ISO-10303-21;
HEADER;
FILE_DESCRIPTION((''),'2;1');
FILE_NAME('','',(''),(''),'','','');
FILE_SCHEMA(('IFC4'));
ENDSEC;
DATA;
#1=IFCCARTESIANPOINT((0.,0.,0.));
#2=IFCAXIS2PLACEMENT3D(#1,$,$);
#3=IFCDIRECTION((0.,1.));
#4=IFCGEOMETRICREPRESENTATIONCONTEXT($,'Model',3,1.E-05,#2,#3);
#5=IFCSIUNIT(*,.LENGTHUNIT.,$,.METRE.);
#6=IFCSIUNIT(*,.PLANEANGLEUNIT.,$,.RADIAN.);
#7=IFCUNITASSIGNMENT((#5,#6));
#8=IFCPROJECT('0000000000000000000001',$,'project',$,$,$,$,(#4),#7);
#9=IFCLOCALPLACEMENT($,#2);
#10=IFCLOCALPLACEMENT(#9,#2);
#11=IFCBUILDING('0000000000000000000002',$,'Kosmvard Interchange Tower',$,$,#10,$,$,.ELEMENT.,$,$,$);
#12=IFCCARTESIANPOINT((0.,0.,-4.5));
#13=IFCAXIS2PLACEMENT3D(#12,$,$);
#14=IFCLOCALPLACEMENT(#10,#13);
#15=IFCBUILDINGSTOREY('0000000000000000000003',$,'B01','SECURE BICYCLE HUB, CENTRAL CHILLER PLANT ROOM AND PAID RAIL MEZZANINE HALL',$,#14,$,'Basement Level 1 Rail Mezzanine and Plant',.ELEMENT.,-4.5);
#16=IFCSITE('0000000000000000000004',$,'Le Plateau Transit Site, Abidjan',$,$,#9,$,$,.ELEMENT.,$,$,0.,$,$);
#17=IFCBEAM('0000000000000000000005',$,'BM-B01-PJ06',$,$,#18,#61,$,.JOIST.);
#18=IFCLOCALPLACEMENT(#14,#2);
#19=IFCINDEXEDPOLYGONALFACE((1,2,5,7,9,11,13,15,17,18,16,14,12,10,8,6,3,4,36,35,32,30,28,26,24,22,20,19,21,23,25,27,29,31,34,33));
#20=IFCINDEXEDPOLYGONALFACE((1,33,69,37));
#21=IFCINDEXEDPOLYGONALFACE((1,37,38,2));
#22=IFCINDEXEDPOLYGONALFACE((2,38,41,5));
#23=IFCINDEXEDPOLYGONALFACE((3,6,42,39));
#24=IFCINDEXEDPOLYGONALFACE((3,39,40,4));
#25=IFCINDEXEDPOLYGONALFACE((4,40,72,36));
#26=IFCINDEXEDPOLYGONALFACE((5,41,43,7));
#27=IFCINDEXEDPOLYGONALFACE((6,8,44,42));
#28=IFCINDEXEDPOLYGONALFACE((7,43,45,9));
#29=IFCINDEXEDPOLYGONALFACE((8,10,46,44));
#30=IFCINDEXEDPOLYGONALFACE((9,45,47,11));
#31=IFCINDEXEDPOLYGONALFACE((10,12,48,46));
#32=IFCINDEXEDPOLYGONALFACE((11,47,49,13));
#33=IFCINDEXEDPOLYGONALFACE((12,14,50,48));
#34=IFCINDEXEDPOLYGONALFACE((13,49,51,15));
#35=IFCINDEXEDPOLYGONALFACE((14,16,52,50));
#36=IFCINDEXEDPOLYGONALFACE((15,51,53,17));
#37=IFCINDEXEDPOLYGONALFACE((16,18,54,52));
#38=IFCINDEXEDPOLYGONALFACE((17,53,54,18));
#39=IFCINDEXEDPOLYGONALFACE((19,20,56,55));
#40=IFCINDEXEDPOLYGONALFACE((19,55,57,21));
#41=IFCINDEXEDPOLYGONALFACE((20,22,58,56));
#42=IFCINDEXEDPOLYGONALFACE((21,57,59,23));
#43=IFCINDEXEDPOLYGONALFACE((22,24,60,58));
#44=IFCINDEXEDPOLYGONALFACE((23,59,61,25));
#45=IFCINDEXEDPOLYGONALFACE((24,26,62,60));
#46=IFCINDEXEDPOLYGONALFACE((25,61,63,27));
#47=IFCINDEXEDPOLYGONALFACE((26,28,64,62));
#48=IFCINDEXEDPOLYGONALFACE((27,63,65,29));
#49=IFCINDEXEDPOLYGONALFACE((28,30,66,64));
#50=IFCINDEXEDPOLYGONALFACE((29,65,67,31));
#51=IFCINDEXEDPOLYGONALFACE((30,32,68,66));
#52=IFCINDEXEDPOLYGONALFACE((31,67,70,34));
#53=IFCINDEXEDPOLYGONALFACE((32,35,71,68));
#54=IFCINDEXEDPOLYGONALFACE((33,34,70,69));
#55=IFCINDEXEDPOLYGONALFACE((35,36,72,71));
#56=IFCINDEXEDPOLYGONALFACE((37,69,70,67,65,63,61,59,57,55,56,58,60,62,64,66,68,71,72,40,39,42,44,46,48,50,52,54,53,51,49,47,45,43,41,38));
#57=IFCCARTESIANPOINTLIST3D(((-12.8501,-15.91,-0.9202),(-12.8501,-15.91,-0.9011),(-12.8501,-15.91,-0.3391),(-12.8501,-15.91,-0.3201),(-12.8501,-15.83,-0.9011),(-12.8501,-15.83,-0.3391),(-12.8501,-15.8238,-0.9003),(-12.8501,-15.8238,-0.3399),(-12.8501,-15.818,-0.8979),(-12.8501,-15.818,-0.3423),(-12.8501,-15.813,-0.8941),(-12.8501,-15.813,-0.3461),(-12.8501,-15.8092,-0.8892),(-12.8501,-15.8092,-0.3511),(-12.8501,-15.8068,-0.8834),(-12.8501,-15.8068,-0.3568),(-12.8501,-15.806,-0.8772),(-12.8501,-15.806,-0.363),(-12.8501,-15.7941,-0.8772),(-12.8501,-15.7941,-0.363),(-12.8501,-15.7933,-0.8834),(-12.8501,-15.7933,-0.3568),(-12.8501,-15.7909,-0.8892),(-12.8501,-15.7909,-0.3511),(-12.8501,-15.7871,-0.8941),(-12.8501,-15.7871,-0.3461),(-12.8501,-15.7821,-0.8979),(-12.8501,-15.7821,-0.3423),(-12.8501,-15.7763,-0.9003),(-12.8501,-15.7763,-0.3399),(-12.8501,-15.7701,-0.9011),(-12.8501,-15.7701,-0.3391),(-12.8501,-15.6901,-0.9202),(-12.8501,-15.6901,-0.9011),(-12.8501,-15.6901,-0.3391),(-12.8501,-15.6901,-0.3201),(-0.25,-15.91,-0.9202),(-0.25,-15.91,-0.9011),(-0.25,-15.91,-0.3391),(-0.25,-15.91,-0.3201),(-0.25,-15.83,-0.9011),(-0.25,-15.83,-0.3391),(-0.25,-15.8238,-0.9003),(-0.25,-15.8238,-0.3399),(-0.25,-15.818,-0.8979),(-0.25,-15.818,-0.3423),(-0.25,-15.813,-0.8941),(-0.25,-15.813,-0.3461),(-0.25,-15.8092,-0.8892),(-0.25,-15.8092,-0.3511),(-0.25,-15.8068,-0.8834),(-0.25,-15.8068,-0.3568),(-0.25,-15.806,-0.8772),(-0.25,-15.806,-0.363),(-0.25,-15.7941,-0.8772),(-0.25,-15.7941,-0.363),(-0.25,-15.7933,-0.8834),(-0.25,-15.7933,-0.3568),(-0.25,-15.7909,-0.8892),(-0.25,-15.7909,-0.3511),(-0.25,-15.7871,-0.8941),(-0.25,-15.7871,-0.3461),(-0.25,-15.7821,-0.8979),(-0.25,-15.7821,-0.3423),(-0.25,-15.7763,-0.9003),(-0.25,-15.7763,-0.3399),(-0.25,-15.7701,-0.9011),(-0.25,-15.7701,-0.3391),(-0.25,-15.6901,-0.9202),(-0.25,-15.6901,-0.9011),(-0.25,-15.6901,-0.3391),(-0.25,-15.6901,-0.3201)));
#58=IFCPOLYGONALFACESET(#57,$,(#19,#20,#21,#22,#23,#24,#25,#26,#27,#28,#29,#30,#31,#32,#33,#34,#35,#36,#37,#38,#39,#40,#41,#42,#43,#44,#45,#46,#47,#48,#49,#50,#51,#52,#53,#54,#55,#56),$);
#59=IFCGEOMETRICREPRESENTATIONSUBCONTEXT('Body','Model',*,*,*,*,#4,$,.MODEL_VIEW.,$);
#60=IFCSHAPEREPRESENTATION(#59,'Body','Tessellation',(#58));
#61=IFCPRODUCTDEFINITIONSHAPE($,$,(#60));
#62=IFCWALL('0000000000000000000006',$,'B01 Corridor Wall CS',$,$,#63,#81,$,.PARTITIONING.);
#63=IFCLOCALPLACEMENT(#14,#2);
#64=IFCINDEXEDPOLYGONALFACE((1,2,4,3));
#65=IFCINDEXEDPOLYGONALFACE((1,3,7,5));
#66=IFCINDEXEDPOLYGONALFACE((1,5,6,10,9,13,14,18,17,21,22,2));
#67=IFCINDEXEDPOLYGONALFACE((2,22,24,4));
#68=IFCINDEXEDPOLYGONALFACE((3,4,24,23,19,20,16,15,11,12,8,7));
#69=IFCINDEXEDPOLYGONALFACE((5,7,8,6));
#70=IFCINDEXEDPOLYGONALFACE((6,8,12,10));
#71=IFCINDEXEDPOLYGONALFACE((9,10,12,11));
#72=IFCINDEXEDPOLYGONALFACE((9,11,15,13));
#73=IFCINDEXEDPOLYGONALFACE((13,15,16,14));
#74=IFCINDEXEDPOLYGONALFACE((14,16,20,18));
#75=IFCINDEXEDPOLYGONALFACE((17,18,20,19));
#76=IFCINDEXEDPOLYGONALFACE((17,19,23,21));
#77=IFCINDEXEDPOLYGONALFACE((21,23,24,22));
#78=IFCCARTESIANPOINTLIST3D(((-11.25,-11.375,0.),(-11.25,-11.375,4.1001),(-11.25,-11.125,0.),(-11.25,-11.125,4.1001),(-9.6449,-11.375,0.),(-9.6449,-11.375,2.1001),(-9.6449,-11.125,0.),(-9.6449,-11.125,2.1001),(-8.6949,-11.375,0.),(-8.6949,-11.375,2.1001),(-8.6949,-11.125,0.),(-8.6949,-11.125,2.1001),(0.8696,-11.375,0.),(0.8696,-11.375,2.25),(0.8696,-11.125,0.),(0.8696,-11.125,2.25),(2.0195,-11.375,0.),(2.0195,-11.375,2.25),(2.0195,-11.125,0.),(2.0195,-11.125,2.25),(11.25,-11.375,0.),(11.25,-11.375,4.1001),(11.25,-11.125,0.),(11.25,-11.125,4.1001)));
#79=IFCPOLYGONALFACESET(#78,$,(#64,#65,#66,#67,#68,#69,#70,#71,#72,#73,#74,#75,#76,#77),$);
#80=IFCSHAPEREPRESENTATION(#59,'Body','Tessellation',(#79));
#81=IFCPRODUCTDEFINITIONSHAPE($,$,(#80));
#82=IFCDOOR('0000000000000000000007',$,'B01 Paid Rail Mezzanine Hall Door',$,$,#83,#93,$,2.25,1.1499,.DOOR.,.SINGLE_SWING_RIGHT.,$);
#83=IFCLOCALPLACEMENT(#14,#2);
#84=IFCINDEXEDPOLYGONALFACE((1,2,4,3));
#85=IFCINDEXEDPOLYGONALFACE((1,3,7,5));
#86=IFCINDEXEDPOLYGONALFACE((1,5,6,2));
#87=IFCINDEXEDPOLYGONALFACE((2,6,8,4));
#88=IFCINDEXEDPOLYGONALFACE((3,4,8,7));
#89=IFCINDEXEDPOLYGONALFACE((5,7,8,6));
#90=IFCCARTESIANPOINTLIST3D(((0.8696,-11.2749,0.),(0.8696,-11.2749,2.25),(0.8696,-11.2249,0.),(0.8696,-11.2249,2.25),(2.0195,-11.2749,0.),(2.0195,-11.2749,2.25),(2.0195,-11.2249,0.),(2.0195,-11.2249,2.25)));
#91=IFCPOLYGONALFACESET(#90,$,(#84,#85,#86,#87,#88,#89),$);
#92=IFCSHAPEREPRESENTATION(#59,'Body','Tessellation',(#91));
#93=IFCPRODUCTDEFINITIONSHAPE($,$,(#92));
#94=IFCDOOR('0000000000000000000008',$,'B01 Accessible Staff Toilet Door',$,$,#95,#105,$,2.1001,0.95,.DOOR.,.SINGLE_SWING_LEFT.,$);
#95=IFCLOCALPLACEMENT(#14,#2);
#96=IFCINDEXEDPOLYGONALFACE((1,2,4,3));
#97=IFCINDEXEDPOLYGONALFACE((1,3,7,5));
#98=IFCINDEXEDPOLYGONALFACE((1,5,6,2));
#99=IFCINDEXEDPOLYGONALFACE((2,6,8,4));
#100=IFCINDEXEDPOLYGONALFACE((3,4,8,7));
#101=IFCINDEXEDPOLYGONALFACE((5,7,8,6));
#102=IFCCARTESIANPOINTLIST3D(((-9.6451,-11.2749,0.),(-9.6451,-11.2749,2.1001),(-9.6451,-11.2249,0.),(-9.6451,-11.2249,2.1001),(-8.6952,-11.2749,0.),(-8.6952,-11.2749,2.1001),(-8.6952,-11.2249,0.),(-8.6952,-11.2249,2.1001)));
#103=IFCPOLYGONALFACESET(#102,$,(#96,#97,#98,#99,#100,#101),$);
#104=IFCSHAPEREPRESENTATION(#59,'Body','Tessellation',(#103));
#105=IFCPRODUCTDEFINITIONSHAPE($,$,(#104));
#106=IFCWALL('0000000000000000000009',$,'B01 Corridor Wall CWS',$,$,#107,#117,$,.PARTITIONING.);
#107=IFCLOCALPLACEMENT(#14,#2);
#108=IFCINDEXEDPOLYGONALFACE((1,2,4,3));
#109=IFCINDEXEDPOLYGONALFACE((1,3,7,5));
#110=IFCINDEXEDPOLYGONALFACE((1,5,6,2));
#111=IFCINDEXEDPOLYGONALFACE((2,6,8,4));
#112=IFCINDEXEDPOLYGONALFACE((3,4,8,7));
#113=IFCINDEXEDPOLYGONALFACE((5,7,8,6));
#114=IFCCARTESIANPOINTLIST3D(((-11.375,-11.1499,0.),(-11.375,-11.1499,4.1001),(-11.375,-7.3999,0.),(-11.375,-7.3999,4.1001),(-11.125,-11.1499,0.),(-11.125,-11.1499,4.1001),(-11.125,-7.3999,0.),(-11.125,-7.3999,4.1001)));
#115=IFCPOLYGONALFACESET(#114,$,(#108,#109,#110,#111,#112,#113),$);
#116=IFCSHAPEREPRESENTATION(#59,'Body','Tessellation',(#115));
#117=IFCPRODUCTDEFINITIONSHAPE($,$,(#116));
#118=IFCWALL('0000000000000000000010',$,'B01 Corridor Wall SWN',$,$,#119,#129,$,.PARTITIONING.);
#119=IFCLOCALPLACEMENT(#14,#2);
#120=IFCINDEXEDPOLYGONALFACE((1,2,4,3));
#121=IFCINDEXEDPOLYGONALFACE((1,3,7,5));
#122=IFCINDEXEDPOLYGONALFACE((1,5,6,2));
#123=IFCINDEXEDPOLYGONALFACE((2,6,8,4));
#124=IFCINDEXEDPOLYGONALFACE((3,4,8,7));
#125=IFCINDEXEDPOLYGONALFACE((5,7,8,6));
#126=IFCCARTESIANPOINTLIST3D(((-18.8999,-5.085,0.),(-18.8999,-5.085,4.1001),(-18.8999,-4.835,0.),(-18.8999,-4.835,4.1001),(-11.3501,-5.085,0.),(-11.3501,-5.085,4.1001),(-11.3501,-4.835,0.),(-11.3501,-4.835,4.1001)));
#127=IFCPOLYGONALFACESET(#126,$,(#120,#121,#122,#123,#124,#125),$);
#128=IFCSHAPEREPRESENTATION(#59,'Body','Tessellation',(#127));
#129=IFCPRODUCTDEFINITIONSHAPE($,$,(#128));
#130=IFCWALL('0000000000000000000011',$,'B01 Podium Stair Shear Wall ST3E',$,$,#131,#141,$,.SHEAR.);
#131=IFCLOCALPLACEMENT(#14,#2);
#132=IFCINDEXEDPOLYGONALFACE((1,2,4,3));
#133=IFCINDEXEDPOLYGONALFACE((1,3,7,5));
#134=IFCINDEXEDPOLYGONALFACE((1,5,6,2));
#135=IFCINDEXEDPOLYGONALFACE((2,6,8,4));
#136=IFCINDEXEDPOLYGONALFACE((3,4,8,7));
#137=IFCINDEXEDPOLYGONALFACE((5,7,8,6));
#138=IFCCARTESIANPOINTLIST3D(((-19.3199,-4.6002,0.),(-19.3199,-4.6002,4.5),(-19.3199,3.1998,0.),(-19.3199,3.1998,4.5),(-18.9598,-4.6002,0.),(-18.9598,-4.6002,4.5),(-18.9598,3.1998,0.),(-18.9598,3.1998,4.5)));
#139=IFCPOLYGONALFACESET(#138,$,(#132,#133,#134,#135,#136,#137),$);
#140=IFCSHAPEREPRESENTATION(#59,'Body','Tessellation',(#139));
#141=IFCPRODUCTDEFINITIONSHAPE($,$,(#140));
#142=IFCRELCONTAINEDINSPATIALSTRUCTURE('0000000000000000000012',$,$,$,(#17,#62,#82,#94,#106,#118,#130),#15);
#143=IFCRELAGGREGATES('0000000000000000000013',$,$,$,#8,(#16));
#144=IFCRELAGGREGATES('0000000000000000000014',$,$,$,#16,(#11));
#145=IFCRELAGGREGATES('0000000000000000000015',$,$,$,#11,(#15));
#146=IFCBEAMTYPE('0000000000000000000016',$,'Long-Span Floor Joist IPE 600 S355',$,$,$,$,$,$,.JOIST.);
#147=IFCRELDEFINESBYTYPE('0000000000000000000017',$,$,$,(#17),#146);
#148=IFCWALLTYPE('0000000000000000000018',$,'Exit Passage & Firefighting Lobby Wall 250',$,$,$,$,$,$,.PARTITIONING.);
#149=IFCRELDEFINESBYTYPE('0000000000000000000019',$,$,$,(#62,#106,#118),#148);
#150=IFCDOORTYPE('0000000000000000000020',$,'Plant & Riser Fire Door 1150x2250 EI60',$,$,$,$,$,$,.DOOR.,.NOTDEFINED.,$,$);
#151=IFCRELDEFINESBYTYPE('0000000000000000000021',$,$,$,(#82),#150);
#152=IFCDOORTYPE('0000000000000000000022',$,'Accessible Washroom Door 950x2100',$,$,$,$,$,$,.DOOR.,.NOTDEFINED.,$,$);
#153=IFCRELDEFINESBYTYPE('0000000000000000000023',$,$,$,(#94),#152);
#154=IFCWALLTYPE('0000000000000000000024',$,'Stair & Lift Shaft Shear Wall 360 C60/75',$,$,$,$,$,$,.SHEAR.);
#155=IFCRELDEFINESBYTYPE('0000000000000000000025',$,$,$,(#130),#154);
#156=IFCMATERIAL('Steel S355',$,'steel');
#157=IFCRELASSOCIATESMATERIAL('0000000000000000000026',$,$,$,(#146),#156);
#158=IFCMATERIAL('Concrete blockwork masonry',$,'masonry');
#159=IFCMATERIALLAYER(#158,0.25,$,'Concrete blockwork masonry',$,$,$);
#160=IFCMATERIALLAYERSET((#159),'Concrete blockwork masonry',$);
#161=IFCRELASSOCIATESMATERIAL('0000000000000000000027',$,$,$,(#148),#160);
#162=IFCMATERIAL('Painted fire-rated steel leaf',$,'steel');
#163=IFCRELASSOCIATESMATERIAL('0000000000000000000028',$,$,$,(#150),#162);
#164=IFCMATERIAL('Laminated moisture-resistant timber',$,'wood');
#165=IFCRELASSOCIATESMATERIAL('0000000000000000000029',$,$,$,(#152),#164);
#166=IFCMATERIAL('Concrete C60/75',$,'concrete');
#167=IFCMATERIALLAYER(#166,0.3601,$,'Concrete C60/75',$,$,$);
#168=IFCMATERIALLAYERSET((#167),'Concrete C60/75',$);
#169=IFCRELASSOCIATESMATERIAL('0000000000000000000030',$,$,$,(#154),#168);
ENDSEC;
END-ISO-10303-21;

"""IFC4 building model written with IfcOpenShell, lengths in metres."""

from ifc_helpers import new_model, si_unit, direction, frame, frame_2d, origin, origin_2d, place, context, subcontext, project, spatial, rectangle, i_section, extrude, source, transform, mapped, material, layer, layer_set, material_profile, profile_set, type_object, element, fill, save


model = new_model("IFC4")

# Units and contexts
model_context = context("Model", 3, precision=1e-05, world=origin(), true_north=direction((0.0, 1.0)))
body_context = subcontext(model_context, "Body", "Model", "MODEL_VIEW")
ifc_project = project(units=[si_unit("LENGTHUNIT", "METRE"), si_unit("PLANEANGLEUNIT", "RADIAN")], contexts=[model_context])

# Site, building, storey
site_placement = place(None, origin())
site = spatial("IfcSite", under=ifc_project, at=site_placement, Name="Le Plateau Transit Site, Abidjan", CompositionType="ELEMENT", RefElevation=0.0)
building_placement = place(site_placement, origin())
building = spatial("IfcBuilding", under=site, at=building_placement, Name="Kosmvard Interchange Tower", CompositionType="ELEMENT")
storey_placement = place(building_placement, frame((0.0, 0.0, -4.5)))
storey = spatial("IfcBuildingStorey", under=building, at=storey_placement, Name="B01", Description="SECURE BICYCLE HUB, CENTRAL CHILLER PLANT ROOM AND PAID RAIL MEZZANINE HALL", LongName="Basement Level 1 Rail Mezzanine and Plant", CompositionType="ELEMENT", Elevation=-4.5)

# Shared definitions
ifc_material_1 = material(Name="Concrete C60/75", Category="concrete")

# Beam
ifc_material_2 = material(Name="Steel S355", Category="steel")
ifc_material_profile_1 = material_profile(ifc_material_2, i_section(OverallWidth=0.22, OverallDepth=0.6001, WebThickness=0.012, FlangeThickness=0.019, FilletRadius=0.0239, at=origin_2d()), Name="IPE 600")
ifc_profile_set_1 = profile_set([ifc_material_profile_1], Name="Steel S355")
beam_type_1 = type_object("IfcBeamType", Name="Long-Span Floor Joist IPE 600 S355", PredefinedType="JOIST", material=ifc_profile_set_1)
shared_shape_1 = source(origin(), body_context, "Body", "SweptSolid", [
    extrude(i_section(OverallWidth=0.22, OverallDepth=0.6001, WebThickness=0.012, FlangeThickness=0.019, FilletRadius=0.0239, at=origin_2d()), origin(), (0.0, 0.0, 1.0), 12.6001),
])
for number, where, z_axis, x_axis, name in (
    (1, (-12.8501, -15.8, -0.6201), (1.0, 0.0, 0.0), (0.0, 1.0, 0.0), "BM-B01-PJ06"),
):
    element("IfcBeam", number, at=place(storey_placement, frame(where, z_axis=z_axis, x_axis=x_axis)), inside=storey, type_object=beam_type_1, Name=name, PredefinedType="JOIST", context=body_context, shape_type="MappedRepresentation", body=[
        mapped(shared_shape_1, transform((0.0, 0.0, 0.0), scale=1.0)),
    ])

# Wall, openings, doors
ifc_material_3 = material(Name="Concrete blockwork masonry", Category="masonry")
ifc_layer_1 = layer(ifc_material_3, 0.25, Name="Concrete blockwork masonry")
ifc_layer_set_1 = layer_set([ifc_layer_1], Name="Concrete blockwork masonry")
wall_type_1 = type_object("IfcWallType", Name="Exit Passage & Firefighting Lobby Wall 250", PredefinedType="PARTITIONING", material=ifc_layer_set_1)
wall_1_placement = place(storey_placement, frame((-11.25, -11.25, 0.0), z_axis=(0.0, 0.0, 1.0), x_axis=(1.0, 0.0, 0.0)))
wall_1 = element("IfcWall", 2, at=wall_1_placement, inside=storey, type_object=wall_type_1, Name="B01 Corridor Wall CS", PredefinedType="PARTITIONING", context=body_context, shape_type="SweptSolid", body=[
    extrude(rectangle(XDim=22.5, YDim=0.25, at=frame_2d((11.25, 0.0))), origin(), (0.0, 0.0, 1.0), 4.1001),
])
opening_1_placement = place(wall_1_placement, frame((1.605, 0.0, 0.0)))
opening_1 = element("IfcOpeningElement", 3, at=opening_1_placement, cuts=wall_1, PredefinedType="OPENING", context=body_context, shape_type="SweptSolid", body=[
    extrude(rectangle(XDim=0.95, YDim=2.1001, at=frame_2d((0.4751, 1.05))), frame((0.0, 0.135, 0.0), z_axis=(0.0, -1.0, 0.0), x_axis=(1.0, 0.0, 0.0)), (0.0, 0.0, 1.0), 0.27),
])
opening_2_placement = place(wall_1_placement, frame((12.1196, 0.0, 0.0)))
opening_2 = element("IfcOpeningElement", 4, at=opening_2_placement, cuts=wall_1, PredefinedType="OPENING", context=body_context, shape_type="SweptSolid", body=[
    extrude(rectangle(XDim=1.1499, YDim=2.25, at=frame_2d((0.575, 1.125))), frame((0.0, 0.135, 0.0), z_axis=(0.0, -1.0, 0.0), x_axis=(1.0, 0.0, 0.0)), (0.0, 0.0, 1.0), 0.27),
])
ifc_material_4 = material(Name="Painted fire-rated steel leaf", Category="steel")
door_type_1 = type_object("IfcDoorType", Name="Plant & Riser Fire Door 1150x2250 EI60", OperationType="NOTDEFINED", PredefinedType="DOOR", material=ifc_material_4)
shared_shape_2 = source(origin(), body_context, "Body", "SweptSolid", [
    extrude(rectangle(XDim=1.1499, YDim=2.25, at=frame_2d((0.575, 1.125))), frame((0.0, 0.0249, 0.0), z_axis=(0.0, -1.0, 0.0), x_axis=(1.0, 0.0, 0.0)), (0.0, 0.0, 1.0), 0.05),
])
door_1_placement = place(opening_2_placement, frame((1.1499, 0.0, 0.0), z_axis=(0.0, 0.0, 1.0), x_axis=(-1.0, 0.0, 0.0)))
door_1 = element("IfcDoor", 5, at=door_1_placement, inside=storey, type_object=door_type_1, Name="B01 Paid Rail Mezzanine Hall Door", OperationType="SINGLE_SWING_RIGHT", OverallHeight=2.25, OverallWidth=1.1499, PredefinedType="DOOR", context=body_context, shape_type="MappedRepresentation", body=[
    mapped(shared_shape_2, transform((0.0, 0.0, 0.0), scale=1.0)),
])
fill(opening_2, door_1)
ifc_material_5 = material(Name="Laminated moisture-resistant timber", Category="wood")
door_type_2 = type_object("IfcDoorType", Name="Accessible Washroom Door 950x2100", OperationType="NOTDEFINED", PredefinedType="DOOR", material=ifc_material_5)
shared_shape_3 = source(origin(), body_context, "Body", "SweptSolid", [
    extrude(rectangle(XDim=0.95, YDim=2.1001, at=frame_2d((0.4751, 1.05))), frame((0.0, 0.0249, 0.0), z_axis=(0.0, -1.0, 0.0), x_axis=(1.0, 0.0, 0.0)), (0.0, 0.0, 1.0), 0.05),
])
door_2_placement = place(opening_1_placement, frame((0.95, 0.0, 0.0), z_axis=(0.0, 0.0, 1.0), x_axis=(-1.0, 0.0, 0.0)))
door_2 = element("IfcDoor", 6, at=door_2_placement, inside=storey, type_object=door_type_2, Name="B01 Accessible Staff Toilet Door", OperationType="SINGLE_SWING_LEFT", OverallHeight=2.1001, OverallWidth=0.95, PredefinedType="DOOR", context=body_context, shape_type="MappedRepresentation", body=[
    mapped(shared_shape_3, transform((0.0, 0.0, 0.0), scale=1.0)),
])
fill(opening_1, door_2)

# Walls
wall_2_placement = place(storey_placement, frame((-11.25, -11.1499, 0.0), z_axis=(0.0, 0.0, 1.0), x_axis=(0.0, 1.0, 0.0)))
element("IfcWall", 7, at=wall_2_placement, inside=storey, type_object=wall_type_1, Name="B01 Corridor Wall CWS", PredefinedType="PARTITIONING", context=body_context, shape_type="SweptSolid", body=[
    extrude(rectangle(XDim=3.75, YDim=0.25, at=frame_2d((1.875, 0.0))), origin(), (0.0, 0.0, 1.0), 4.1001),
])
wall_3_placement = place(storey_placement, frame((-18.8999, -4.96, 0.0), z_axis=(0.0, 0.0, 1.0), x_axis=(1.0, 0.0, 0.0)))
element("IfcWall", 8, at=wall_3_placement, inside=storey, type_object=wall_type_1, Name="B01 Corridor Wall SWN", PredefinedType="PARTITIONING", context=body_context, shape_type="SweptSolid", body=[
    extrude(rectangle(XDim=7.5498, YDim=0.25, at=frame_2d((3.7749, 0.0))), origin(), (0.0, 0.0, 1.0), 4.1001),
])
ifc_layer_2 = layer(ifc_material_1, 0.3601, Name="Concrete C60/75")
ifc_layer_set_2 = layer_set([ifc_layer_2], Name="Concrete C60/75")
wall_type_2 = type_object("IfcWallType", Name="Stair & Lift Shaft Shear Wall 360 C60/75", PredefinedType="SHEAR", material=ifc_layer_set_2)
wall_4_placement = place(storey_placement, frame((-19.1399, -4.6001, 0.0), z_axis=(0.0, 0.0, 1.0), x_axis=(0.0, 1.0, 0.0)))
element("IfcWall", 9, at=wall_4_placement, inside=storey, type_object=wall_type_2, Name="B01 Podium Stair Shear Wall ST3E", PredefinedType="SHEAR", context=body_context, shape_type="SweptSolid", body=[
    extrude(rectangle(XDim=7.8, YDim=0.3601, at=frame_2d((3.8999, 0.0))), origin(), (0.0, 0.0, 1.0), 4.5),
])

save(model, "model.ifc")
